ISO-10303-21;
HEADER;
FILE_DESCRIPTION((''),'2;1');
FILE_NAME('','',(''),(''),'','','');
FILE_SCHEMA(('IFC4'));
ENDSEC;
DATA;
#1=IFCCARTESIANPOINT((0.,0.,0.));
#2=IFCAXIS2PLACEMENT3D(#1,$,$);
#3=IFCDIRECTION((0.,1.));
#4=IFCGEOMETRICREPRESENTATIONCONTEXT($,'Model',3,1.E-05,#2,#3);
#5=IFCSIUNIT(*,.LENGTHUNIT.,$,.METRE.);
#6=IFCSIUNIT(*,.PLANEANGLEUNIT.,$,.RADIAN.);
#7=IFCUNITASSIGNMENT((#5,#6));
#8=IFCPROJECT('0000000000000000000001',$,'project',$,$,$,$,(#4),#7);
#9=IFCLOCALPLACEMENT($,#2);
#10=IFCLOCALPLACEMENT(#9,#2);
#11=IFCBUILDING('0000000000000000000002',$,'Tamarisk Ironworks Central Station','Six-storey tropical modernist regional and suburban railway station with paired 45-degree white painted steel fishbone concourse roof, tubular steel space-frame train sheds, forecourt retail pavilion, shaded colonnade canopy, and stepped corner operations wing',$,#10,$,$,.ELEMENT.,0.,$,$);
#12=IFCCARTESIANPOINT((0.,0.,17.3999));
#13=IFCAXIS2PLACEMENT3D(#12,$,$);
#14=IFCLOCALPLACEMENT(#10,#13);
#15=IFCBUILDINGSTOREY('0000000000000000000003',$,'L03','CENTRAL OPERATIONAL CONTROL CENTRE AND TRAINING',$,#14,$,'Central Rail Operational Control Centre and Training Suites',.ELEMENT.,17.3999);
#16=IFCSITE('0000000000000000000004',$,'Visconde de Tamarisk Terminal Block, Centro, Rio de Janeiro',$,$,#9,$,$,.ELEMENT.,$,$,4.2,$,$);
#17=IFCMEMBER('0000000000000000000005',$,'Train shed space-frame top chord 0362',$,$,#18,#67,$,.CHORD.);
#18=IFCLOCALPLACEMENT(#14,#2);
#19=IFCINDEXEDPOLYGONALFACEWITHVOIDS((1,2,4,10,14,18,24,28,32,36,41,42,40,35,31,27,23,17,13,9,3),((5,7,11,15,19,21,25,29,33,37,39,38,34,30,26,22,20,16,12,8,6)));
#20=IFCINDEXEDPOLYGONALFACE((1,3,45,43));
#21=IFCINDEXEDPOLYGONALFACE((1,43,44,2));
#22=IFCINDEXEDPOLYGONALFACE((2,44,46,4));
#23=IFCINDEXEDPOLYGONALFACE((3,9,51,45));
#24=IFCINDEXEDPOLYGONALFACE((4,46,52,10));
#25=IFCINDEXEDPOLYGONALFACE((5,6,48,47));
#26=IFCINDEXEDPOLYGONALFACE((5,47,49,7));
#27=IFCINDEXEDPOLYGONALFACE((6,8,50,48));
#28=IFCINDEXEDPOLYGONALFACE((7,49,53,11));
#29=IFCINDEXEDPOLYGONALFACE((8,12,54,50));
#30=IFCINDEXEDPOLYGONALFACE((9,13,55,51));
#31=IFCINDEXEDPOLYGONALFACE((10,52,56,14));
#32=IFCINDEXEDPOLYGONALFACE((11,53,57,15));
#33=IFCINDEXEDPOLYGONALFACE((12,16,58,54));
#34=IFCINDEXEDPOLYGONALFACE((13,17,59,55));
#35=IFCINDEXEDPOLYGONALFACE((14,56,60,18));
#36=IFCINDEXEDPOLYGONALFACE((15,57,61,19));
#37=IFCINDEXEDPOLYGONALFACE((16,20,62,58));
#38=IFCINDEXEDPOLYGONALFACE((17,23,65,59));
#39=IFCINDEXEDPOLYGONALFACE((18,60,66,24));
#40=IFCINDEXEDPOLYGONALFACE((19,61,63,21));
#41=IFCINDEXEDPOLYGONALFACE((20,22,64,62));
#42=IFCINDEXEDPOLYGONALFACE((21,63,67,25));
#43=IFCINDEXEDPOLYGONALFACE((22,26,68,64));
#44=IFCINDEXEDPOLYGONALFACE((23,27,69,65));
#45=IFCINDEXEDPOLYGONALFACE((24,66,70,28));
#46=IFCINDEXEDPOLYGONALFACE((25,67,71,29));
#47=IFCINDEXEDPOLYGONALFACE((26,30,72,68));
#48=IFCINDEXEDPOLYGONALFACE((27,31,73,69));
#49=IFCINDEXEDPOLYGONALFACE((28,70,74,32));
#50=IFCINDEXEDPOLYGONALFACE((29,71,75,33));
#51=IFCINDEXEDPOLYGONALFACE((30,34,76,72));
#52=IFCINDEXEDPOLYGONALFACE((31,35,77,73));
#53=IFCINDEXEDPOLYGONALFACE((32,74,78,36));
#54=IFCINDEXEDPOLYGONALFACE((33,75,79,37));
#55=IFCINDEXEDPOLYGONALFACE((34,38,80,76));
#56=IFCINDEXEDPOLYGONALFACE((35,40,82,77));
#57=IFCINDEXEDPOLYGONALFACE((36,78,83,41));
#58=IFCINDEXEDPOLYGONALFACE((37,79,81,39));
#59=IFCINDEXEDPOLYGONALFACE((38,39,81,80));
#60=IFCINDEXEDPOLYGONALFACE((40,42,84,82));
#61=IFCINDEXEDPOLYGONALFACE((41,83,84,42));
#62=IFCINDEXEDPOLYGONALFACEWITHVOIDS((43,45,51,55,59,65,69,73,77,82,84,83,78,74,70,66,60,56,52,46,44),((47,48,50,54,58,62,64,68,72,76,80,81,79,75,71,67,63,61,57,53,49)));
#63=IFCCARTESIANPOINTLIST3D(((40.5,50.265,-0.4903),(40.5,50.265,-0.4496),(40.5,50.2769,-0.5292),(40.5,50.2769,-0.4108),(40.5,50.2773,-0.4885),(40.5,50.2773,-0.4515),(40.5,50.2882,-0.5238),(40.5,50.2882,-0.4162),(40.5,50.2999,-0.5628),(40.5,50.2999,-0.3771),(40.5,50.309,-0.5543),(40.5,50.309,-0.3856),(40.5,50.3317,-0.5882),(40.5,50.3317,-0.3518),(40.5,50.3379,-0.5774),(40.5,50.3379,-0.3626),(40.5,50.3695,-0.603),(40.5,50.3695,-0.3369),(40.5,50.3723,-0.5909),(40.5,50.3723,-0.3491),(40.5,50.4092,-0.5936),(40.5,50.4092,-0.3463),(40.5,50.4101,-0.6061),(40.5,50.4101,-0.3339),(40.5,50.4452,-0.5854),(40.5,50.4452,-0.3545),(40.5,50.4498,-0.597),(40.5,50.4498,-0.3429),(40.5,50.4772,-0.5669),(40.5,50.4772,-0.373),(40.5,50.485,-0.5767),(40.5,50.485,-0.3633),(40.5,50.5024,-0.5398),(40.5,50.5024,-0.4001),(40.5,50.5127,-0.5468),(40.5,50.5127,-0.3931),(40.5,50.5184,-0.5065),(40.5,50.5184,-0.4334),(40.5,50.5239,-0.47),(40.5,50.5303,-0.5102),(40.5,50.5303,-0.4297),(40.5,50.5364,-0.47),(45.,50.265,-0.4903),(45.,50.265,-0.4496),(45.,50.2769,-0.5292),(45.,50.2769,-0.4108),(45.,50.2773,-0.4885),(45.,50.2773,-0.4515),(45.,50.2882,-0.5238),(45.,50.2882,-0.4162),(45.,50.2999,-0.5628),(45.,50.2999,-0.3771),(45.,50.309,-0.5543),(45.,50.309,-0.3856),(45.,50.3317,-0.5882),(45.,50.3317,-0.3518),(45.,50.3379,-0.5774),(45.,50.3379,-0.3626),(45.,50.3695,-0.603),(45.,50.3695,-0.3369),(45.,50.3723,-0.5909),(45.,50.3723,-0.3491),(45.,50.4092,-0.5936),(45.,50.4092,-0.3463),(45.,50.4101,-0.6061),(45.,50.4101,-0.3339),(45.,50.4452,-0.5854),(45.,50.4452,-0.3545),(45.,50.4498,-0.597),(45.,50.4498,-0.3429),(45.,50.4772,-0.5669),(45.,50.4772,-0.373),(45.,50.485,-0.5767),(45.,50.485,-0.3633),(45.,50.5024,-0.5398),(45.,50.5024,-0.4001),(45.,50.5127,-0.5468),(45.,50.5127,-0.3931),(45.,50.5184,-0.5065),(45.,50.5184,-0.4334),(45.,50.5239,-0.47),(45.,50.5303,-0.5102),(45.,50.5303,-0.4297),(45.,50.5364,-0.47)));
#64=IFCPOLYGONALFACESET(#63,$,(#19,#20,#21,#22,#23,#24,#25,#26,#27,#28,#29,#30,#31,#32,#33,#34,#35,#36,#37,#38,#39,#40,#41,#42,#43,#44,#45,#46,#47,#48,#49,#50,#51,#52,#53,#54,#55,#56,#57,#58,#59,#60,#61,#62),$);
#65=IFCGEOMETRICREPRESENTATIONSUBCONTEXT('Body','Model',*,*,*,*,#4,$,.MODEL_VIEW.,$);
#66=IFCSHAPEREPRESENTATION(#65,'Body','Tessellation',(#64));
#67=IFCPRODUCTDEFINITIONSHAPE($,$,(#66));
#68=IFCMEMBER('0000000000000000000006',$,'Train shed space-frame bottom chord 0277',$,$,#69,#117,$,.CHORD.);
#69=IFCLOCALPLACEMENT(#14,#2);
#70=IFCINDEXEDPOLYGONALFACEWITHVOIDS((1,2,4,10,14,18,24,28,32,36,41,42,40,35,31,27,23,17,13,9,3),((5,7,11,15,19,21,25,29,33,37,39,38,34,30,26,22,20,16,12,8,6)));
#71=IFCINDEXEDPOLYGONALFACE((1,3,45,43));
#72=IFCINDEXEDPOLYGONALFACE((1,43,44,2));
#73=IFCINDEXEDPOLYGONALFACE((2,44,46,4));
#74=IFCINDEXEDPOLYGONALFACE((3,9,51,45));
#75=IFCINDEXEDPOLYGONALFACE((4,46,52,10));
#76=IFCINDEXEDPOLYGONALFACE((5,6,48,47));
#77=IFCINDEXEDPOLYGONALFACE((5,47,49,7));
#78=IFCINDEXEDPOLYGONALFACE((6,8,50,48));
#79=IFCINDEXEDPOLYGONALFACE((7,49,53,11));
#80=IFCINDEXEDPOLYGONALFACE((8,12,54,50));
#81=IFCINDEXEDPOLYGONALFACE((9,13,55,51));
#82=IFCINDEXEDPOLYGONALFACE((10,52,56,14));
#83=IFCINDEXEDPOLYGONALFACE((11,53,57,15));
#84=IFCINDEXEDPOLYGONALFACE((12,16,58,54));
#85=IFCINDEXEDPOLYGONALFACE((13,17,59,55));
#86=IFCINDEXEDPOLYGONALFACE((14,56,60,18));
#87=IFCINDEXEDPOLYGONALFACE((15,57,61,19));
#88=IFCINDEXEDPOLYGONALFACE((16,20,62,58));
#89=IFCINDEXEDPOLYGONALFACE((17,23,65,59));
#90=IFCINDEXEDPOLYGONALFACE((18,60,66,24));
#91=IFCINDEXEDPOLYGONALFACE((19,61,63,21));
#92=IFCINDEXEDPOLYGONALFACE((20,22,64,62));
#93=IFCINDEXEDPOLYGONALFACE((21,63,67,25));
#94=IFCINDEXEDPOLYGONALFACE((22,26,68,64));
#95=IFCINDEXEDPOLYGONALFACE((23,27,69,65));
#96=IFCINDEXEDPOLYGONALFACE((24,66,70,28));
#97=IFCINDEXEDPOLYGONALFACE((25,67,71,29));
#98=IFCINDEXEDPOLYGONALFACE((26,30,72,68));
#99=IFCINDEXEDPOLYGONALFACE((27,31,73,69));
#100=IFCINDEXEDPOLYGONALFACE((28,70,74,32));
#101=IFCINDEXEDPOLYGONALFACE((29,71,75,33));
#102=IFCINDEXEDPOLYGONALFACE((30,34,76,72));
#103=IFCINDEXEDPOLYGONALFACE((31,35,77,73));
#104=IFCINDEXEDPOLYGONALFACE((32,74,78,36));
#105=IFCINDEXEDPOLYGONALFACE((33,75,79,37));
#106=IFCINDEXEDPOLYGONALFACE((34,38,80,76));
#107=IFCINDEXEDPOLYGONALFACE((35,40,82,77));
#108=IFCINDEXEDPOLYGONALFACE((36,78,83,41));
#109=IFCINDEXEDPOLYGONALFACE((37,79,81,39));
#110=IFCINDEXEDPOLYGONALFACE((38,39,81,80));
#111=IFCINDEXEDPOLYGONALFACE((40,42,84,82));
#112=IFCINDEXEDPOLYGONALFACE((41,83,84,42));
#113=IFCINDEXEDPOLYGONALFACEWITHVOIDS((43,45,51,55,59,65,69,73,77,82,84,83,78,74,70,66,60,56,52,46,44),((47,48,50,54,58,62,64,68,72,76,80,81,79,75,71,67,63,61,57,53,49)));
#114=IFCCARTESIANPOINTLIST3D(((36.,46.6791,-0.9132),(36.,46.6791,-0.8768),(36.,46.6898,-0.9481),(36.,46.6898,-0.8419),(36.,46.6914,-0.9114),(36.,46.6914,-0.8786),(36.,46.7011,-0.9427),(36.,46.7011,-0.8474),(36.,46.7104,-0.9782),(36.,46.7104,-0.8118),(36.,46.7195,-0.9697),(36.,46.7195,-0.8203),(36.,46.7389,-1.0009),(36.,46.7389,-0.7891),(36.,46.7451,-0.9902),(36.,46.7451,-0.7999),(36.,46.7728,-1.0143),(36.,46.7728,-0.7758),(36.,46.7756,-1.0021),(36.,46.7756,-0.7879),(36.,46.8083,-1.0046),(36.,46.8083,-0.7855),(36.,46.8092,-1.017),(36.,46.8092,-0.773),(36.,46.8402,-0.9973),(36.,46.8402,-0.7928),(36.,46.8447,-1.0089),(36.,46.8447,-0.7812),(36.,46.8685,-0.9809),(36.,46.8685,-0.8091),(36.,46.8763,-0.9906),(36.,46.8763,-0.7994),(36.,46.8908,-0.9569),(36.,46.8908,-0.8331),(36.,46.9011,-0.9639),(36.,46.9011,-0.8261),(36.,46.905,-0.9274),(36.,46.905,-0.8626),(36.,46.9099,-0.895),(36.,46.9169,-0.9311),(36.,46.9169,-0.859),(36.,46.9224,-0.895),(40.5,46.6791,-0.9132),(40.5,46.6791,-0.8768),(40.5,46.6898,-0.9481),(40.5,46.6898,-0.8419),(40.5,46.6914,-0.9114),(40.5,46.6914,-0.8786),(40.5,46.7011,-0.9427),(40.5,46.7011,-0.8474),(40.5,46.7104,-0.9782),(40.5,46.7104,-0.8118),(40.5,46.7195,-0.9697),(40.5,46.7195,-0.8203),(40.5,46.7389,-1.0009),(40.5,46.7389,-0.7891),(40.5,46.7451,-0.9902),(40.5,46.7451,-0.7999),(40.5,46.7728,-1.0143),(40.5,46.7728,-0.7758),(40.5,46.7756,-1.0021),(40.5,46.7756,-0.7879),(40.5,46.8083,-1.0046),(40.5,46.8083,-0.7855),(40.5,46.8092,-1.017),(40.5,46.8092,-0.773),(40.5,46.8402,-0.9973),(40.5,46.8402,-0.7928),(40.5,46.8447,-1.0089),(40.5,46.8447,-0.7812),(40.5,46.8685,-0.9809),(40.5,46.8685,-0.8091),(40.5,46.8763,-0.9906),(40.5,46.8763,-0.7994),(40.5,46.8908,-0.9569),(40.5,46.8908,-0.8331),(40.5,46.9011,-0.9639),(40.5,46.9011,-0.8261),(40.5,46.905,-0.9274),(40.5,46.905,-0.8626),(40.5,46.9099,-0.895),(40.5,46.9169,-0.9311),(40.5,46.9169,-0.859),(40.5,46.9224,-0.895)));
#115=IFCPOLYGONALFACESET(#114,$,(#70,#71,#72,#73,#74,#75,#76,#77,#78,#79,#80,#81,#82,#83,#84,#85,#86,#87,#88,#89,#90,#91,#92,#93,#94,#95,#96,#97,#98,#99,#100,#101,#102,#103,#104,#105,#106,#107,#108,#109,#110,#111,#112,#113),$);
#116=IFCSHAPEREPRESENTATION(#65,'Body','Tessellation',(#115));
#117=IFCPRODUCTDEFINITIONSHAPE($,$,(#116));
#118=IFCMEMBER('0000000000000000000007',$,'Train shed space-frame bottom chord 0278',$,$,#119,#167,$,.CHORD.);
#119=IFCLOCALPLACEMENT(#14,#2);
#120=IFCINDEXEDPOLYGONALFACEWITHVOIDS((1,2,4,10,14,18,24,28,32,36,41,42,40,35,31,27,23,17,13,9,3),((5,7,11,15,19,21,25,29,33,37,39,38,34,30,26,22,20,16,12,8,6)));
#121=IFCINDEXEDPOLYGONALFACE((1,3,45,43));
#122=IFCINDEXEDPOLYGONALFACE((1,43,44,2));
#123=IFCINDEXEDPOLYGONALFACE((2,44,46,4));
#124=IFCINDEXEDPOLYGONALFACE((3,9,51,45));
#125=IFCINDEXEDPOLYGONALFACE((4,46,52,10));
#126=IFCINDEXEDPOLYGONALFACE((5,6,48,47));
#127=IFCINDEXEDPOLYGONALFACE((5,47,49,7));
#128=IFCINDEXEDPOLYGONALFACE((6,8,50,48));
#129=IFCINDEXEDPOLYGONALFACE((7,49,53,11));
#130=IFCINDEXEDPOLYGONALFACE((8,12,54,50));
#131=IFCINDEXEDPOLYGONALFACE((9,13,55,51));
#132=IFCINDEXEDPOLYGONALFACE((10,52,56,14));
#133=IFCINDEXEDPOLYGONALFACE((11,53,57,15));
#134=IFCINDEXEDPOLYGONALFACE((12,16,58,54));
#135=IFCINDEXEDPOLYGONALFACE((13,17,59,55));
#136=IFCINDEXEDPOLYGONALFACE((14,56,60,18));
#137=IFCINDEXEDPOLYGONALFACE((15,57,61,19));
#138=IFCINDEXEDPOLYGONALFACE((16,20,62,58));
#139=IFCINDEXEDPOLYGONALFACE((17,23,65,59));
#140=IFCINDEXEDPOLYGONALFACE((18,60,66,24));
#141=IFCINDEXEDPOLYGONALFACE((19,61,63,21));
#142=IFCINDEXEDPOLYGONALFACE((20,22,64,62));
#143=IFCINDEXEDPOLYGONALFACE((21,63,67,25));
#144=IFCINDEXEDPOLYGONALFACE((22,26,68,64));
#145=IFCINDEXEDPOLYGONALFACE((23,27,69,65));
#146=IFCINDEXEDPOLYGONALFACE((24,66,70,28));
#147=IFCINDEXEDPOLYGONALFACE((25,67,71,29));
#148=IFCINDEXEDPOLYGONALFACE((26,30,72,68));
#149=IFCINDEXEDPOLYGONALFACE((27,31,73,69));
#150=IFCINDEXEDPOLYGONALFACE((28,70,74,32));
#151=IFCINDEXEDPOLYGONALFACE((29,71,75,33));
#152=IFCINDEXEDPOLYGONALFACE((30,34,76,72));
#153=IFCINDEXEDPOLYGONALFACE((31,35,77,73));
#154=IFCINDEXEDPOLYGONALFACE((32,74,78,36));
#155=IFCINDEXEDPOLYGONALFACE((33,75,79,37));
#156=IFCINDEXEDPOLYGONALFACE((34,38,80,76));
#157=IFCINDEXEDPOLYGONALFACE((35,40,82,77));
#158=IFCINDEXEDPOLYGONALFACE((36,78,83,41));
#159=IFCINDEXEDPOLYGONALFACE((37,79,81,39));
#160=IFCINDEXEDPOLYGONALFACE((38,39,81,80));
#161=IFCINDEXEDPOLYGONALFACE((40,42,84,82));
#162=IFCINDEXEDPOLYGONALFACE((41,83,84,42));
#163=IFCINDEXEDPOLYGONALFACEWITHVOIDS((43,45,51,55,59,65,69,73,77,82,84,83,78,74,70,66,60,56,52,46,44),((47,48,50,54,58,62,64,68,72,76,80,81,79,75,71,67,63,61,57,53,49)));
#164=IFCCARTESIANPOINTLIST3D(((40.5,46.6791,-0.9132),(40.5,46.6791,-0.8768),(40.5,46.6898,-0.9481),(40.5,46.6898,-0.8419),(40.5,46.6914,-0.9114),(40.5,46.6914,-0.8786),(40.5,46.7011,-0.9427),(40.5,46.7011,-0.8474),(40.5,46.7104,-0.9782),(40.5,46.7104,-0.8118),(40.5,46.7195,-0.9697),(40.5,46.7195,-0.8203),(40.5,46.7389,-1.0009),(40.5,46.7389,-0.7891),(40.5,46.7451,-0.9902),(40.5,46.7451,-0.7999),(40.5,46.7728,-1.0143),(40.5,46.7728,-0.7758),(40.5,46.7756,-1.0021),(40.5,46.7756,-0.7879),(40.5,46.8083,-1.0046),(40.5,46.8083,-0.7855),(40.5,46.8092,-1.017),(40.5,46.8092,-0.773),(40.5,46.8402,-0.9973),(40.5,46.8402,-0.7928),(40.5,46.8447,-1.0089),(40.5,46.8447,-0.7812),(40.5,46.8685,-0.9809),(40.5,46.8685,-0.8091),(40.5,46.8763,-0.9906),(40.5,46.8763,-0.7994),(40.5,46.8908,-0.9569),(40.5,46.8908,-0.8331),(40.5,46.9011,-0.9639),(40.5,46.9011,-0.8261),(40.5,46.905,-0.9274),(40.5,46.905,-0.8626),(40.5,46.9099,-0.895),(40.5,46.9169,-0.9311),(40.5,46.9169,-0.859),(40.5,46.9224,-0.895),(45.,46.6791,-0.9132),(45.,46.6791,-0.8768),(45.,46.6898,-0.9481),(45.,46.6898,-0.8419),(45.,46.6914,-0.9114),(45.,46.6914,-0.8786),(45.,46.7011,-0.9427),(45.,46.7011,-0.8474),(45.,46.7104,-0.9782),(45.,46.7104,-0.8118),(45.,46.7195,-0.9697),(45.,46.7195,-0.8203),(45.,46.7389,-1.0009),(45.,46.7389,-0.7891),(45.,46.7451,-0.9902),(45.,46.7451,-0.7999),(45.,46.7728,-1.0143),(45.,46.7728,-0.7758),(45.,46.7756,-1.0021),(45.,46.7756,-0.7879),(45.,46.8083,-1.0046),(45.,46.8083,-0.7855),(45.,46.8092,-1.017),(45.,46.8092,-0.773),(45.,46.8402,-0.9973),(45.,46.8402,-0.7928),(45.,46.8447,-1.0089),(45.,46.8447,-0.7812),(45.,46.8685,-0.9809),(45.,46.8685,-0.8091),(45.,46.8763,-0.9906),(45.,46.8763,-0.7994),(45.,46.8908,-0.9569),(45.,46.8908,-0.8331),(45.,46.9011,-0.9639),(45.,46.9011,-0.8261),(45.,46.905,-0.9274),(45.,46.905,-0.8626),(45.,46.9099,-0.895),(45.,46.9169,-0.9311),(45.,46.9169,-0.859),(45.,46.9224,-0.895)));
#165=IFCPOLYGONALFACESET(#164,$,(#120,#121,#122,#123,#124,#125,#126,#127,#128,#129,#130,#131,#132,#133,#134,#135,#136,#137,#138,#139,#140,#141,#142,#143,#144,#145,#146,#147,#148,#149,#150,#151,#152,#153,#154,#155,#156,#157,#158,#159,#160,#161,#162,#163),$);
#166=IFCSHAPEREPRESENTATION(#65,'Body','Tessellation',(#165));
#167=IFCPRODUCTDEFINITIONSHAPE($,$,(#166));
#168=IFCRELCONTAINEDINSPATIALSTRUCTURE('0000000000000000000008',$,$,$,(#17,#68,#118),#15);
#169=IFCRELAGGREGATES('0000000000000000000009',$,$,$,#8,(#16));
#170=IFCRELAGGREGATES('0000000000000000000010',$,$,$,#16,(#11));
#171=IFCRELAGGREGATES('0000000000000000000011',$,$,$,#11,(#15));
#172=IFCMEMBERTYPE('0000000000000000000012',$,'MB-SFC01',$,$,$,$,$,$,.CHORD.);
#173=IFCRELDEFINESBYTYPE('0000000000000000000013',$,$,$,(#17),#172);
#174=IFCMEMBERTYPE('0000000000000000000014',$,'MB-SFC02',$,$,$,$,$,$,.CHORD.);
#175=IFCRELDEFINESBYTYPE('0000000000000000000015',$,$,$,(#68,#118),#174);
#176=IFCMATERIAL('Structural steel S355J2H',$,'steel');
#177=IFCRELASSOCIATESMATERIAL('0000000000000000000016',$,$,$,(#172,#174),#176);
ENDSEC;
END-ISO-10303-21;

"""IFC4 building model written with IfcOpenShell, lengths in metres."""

from ifc_helpers import new_model, si_unit, direction, frame, origin, origin_2d, place, context, subcontext, project, spatial, hollow_circle, extrude, material, material_profile, profile_set, type_object, element, save


model = new_model("IFC4")

# Units and contexts
model_context = context("Model", 3, precision=1e-05, world=origin(), true_north=direction((0.0, 1.0)))
body_context = subcontext(model_context, "Body", "Model", "MODEL_VIEW")
ifc_project = project(units=[si_unit("LENGTHUNIT", "METRE"), si_unit("PLANEANGLEUNIT", "RADIAN")], contexts=[model_context])

# Site, building, storey
site_placement = place(None, origin())
site = spatial("IfcSite", under=ifc_project, at=site_placement, Name="Visconde de Tamarisk Terminal Block, Centro, Rio de Janeiro", CompositionType="ELEMENT", RefElevation=4.2)
building_placement = place(site_placement, origin())
building = spatial("IfcBuilding", under=site, at=building_placement, Name="Tamarisk Ironworks Central Station", Description="Six-storey tropical modernist regional and suburban railway station with paired 45-degree white painted steel fishbone concourse roof, tubular steel space-frame train sheds, forecourt retail pavilion, shaded colonnade canopy, and stepped corner operations wing", CompositionType="ELEMENT", ElevationOfRefHeight=0.0)
storey_placement = place(building_placement, frame((0.0, 0.0, 17.3999)))
storey = spatial("IfcBuildingStorey", under=building, at=storey_placement, Name="L03", Description="CENTRAL OPERATIONAL CONTROL CENTRE AND TRAINING", LongName="Central Rail Operational Control Centre and Training Suites", CompositionType="ELEMENT", Elevation=17.3999)

# Members
ifc_material_1 = material(Name="Structural steel S355J2H", Category="steel")
ifc_material_profile_1 = material_profile(ifc_material_1, hollow_circle(Radius=0.1365, WallThickness=0.0125, at=origin_2d()), Name="CHS 273x12.5")
ifc_profile_set_1 = profile_set([ifc_material_profile_1], Name="Structural steel S355J2H")
member_type_1 = type_object("IfcMemberType", Name="MB-SFC01", PredefinedType="CHORD", material=ifc_profile_set_1)
for number, where, z_axis, x_axis, name in (
    (1, (40.5, 50.3999, -0.47), (1.0, 0.0, 0.0), (0.0, 1.0, 0.0), "Train shed space-frame top chord 0362"),
):
    element("IfcMember", number, at=place(storey_placement, frame(where, z_axis=z_axis, x_axis=x_axis)), inside=storey, type_object=member_type_1, Name=name, PredefinedType="CHORD", context=body_context, shape_type="SweptSolid", body=[
        extrude(hollow_circle(Radius=0.1365, WallThickness=0.0125, at=origin_2d()), origin(), (0.0, 0.0, 1.0), 4.5),
    ])
ifc_material_profile_2 = material_profile(ifc_material_1, hollow_circle(Radius=0.1223, WallThickness=0.0125, at=origin_2d()), Name="CHS 244.5x12.5")
ifc_profile_set_2 = profile_set([ifc_material_profile_2], Name="Structural steel S355J2H")
member_type_2 = type_object("IfcMemberType", Name="MB-SFC02", PredefinedType="CHORD", material=ifc_profile_set_2)
for number, where, z_axis, x_axis, name in (
    (2, (36.0, 46.8, -0.895), (1.0, 0.0, 0.0), (0.0, 1.0, 0.0), "Train shed space-frame bottom chord 0277"),
    (3, (40.5, 46.8, -0.895), (1.0, 0.0, 0.0), (0.0, 1.0, 0.0), "Train shed space-frame bottom chord 0278"),
):
    element("IfcMember", number, at=place(storey_placement, frame(where, z_axis=z_axis, x_axis=x_axis)), inside=storey, type_object=member_type_2, Name=name, PredefinedType="CHORD", context=body_context, shape_type="SweptSolid", body=[
        extrude(hollow_circle(Radius=0.1223, WallThickness=0.0125, at=origin_2d()), origin(), (0.0, 0.0, 1.0), 4.5),
    ])

save(model, "model.ifc")
